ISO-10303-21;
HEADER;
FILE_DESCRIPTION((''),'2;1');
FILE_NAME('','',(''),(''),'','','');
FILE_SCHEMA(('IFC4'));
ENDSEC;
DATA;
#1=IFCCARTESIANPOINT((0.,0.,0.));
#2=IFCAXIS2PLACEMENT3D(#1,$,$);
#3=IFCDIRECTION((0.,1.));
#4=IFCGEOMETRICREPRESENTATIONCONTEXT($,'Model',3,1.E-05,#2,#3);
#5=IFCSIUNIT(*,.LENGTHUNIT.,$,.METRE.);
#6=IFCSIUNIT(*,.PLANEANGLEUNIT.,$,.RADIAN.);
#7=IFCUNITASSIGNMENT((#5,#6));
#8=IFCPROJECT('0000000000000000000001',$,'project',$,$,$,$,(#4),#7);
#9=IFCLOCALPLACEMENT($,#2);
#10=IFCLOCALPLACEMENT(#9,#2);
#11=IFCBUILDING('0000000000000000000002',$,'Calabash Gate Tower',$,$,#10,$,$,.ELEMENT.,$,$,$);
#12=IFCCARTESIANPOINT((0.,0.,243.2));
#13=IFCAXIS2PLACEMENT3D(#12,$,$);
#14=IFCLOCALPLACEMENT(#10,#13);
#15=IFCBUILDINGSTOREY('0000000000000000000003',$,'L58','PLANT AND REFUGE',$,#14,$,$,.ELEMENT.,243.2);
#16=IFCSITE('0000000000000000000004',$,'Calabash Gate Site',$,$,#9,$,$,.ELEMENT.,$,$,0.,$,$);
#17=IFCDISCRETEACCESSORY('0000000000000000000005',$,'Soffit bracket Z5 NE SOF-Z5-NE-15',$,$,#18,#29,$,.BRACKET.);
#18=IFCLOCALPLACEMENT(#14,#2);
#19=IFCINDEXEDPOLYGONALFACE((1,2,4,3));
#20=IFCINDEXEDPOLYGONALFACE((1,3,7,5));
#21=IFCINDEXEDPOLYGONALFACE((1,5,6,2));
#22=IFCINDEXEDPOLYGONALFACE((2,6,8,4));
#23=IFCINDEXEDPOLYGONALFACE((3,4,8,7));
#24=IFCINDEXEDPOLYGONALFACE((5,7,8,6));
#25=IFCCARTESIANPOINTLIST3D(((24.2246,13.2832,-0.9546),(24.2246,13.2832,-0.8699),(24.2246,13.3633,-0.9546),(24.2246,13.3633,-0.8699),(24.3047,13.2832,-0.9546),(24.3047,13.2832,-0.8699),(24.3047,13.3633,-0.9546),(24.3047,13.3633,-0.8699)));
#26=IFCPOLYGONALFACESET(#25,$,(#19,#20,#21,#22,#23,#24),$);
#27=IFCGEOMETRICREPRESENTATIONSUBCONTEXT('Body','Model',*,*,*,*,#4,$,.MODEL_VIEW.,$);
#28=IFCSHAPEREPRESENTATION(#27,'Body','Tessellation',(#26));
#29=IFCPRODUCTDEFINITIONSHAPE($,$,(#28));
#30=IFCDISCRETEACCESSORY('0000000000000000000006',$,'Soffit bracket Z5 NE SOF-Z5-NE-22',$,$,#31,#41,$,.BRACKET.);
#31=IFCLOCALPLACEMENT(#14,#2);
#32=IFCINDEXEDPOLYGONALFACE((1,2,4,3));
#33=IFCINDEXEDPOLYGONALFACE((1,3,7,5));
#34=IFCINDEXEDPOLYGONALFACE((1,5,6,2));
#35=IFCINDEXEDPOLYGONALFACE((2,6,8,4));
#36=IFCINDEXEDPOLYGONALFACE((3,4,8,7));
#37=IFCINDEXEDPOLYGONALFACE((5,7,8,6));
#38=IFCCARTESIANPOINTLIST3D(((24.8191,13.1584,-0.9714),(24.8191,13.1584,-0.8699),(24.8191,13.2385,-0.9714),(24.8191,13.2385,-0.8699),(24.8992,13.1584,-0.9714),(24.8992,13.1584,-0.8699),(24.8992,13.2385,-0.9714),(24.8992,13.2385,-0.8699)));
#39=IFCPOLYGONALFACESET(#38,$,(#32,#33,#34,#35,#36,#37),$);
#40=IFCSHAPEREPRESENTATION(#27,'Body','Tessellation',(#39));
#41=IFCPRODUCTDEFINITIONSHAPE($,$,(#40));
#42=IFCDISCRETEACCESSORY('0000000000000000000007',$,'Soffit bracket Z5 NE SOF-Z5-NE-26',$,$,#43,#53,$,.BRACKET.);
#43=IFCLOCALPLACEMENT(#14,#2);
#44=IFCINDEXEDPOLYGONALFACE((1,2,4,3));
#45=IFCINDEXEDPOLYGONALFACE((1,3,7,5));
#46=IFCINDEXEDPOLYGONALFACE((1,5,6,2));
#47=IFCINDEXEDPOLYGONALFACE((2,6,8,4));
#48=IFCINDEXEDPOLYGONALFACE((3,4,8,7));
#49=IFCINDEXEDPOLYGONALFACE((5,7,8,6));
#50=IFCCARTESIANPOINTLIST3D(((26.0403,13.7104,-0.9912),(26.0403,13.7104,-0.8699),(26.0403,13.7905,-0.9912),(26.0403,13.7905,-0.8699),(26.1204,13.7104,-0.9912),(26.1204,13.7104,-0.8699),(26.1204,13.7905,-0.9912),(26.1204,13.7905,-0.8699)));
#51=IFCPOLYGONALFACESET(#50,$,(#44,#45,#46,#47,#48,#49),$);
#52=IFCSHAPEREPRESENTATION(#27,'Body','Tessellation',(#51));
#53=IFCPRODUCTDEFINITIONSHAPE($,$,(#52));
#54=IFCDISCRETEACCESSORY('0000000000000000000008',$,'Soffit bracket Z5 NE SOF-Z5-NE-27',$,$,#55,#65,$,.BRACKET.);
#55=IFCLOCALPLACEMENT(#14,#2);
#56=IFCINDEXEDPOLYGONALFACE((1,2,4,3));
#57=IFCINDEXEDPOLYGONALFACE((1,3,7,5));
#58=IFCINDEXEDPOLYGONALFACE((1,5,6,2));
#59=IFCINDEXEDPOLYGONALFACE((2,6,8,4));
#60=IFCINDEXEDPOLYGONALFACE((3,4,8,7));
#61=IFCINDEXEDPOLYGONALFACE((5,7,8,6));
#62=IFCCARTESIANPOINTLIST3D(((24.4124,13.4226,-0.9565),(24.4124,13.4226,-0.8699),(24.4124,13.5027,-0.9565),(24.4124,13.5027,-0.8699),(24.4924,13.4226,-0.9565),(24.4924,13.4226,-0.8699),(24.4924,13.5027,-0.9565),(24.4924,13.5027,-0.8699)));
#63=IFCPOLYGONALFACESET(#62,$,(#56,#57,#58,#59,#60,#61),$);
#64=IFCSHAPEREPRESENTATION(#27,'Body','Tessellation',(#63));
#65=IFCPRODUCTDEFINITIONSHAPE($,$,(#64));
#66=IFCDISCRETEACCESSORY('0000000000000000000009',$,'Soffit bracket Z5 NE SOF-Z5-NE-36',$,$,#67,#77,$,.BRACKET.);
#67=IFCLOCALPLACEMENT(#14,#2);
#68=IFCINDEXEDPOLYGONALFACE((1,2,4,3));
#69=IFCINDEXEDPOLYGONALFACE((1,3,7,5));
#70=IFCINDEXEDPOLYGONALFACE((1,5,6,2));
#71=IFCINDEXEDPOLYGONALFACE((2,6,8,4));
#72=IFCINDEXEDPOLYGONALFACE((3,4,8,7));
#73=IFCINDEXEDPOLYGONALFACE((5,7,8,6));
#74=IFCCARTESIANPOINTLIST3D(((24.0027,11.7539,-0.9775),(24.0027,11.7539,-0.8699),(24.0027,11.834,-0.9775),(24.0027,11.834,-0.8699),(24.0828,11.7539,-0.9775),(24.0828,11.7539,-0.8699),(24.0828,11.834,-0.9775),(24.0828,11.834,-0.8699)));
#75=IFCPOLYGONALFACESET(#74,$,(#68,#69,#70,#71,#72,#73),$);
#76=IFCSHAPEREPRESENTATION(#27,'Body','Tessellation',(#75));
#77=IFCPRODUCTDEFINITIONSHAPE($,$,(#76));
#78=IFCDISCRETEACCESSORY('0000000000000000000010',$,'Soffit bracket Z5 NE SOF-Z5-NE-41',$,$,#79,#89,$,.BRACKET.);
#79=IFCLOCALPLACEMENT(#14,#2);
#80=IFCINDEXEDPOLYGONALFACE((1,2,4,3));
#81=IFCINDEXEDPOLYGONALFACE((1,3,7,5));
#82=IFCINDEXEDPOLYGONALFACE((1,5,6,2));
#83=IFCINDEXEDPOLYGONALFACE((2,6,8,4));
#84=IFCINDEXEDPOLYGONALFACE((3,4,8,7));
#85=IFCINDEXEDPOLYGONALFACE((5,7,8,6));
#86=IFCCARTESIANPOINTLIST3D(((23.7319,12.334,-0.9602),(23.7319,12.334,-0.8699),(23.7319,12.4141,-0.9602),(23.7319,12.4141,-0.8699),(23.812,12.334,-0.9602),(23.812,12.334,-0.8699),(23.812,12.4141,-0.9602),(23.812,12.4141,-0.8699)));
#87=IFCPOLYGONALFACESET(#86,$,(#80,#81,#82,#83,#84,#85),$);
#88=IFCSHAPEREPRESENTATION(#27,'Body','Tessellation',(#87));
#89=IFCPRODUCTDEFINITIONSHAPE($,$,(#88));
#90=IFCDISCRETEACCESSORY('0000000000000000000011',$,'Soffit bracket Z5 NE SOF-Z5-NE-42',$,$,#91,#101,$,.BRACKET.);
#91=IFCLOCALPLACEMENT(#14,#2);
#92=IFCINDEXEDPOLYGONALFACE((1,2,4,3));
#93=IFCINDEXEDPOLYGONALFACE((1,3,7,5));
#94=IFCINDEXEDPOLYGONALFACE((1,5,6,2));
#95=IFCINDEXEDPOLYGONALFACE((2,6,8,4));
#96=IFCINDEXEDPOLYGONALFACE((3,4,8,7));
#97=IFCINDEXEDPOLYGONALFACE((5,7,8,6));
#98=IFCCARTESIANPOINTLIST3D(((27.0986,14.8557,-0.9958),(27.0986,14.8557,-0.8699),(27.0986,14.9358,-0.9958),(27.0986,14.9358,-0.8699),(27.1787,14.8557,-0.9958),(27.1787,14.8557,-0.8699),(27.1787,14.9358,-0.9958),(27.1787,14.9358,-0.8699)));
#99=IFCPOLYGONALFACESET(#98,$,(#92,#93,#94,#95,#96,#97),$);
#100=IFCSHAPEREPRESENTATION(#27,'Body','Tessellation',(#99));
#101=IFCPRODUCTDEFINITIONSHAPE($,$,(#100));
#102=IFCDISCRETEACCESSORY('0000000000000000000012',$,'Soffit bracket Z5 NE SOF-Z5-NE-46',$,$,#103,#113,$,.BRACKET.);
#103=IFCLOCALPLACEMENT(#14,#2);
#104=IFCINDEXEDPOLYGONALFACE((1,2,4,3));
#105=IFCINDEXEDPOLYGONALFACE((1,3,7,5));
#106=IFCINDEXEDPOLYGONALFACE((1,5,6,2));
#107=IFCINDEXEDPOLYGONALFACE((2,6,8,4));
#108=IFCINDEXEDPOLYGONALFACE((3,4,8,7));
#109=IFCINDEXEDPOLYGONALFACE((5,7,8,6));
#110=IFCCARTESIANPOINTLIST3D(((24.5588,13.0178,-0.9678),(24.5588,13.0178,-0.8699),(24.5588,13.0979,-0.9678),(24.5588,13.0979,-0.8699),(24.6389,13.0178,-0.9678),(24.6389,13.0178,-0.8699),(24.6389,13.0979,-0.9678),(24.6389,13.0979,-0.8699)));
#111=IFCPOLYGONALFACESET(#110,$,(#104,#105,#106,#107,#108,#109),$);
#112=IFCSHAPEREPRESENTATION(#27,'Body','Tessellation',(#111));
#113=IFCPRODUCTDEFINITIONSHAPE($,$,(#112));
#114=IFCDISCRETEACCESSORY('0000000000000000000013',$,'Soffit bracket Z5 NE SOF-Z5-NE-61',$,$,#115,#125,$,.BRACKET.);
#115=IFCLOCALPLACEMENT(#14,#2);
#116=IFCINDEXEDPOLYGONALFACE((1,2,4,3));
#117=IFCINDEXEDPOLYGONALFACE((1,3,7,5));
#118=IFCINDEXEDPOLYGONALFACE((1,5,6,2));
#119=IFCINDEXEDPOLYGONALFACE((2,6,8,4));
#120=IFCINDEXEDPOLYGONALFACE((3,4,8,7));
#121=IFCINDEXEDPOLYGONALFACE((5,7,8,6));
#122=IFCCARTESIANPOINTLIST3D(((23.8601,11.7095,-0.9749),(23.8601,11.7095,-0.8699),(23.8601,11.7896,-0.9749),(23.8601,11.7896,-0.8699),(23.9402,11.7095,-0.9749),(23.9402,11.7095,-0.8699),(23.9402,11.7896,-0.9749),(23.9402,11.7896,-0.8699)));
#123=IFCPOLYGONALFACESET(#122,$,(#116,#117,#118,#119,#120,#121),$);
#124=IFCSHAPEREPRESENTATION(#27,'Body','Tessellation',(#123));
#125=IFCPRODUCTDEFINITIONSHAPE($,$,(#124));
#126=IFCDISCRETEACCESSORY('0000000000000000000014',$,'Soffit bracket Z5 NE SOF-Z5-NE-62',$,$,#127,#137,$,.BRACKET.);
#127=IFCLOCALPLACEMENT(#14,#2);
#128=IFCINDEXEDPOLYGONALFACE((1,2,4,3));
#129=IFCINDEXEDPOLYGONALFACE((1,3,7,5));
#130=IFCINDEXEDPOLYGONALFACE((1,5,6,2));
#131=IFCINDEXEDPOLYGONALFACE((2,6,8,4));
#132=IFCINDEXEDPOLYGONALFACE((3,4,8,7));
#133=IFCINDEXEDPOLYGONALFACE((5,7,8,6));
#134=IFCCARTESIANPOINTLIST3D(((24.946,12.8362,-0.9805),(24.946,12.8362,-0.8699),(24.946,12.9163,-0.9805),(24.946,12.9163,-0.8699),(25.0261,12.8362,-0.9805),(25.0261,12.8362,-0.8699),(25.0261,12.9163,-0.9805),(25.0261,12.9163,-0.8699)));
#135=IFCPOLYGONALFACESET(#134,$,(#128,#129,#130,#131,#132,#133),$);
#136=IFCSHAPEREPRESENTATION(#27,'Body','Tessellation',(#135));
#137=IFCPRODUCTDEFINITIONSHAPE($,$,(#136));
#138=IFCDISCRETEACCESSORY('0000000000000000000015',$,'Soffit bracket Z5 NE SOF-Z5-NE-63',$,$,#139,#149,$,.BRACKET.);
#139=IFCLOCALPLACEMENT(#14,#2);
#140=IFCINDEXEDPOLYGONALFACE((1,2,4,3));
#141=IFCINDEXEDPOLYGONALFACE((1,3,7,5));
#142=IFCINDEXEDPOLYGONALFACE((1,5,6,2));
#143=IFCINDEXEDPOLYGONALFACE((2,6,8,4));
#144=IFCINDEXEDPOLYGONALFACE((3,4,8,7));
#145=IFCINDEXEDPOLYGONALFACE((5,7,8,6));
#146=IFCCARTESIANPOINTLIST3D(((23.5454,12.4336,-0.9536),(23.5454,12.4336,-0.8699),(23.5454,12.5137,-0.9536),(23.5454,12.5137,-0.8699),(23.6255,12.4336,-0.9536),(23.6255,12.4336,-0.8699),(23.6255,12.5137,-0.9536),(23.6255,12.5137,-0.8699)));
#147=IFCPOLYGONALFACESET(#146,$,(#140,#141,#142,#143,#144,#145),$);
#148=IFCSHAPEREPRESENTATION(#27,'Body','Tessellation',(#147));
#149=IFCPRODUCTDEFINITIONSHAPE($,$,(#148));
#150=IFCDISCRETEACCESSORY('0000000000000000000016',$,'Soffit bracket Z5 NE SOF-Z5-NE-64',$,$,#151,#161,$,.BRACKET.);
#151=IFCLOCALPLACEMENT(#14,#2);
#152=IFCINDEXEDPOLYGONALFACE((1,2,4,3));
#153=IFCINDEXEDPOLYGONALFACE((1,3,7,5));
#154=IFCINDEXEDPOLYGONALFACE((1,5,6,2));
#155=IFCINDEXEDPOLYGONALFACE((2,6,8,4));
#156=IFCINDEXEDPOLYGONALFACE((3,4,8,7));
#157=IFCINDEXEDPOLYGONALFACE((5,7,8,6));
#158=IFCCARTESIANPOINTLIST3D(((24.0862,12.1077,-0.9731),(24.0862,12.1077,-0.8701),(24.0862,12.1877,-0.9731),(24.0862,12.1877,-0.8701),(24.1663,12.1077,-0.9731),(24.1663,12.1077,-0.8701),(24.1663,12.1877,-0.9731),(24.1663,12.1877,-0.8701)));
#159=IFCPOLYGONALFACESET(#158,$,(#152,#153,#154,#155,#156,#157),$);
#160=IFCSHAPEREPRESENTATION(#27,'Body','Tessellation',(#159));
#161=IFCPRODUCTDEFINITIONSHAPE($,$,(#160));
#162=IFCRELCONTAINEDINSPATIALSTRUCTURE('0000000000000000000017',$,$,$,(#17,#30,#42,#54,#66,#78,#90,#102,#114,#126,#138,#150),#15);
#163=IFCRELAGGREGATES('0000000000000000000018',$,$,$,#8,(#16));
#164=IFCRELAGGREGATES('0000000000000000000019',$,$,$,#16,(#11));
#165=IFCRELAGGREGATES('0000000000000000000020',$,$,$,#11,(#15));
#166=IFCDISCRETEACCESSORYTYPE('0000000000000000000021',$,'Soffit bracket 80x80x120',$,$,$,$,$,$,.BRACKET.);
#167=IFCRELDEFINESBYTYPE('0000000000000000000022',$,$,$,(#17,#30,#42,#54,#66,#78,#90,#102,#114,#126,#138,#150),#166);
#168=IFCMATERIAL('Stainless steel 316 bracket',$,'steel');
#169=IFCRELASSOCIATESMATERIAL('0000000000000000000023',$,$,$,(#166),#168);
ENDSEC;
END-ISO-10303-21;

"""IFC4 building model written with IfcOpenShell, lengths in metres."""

from ifc_helpers import new_model, si_unit, direction, frame, origin, origin_2d, place, context, subcontext, project, spatial, rectangle, extrude, material, type_object, element, save


model = new_model("IFC4")

# Units and contexts
model_context = context("Model", 3, precision=1e-05, world=origin(), true_north=direction((0.0, 1.0)))
body_context = subcontext(model_context, "Body", "Model", "MODEL_VIEW")
ifc_project = project(units=[si_unit("LENGTHUNIT", "METRE"), si_unit("PLANEANGLEUNIT", "RADIAN")], contexts=[model_context])

# Site, building, storey
site_placement = place(None, origin())
site = spatial("IfcSite", under=ifc_project, at=site_placement, Name="Calabash Gate Site", CompositionType="ELEMENT", RefElevation=0.0)
building_placement = place(site_placement, origin())
building = spatial("IfcBuilding", under=site, at=building_placement, Name="Calabash Gate Tower", CompositionType="ELEMENT")
storey_placement = place(building_placement, frame((0.0, 0.0, 243.2)))
storey = spatial("IfcBuildingStorey", under=building, at=storey_placement, Name="L58", Description="PLANT AND REFUGE", CompositionType="ELEMENT", Elevation=243.2)

# Discrete accessories
ifc_material_1 = material(Name="Stainless steel 316 bracket", Category="steel")
discrete_accessory_type = type_object("IfcDiscreteAccessoryType", Name="Soffit bracket 80x80x120", PredefinedType="BRACKET", material=ifc_material_1)
discrete_accessory_1_placement = place(storey_placement, frame((24.2646, 13.3232, -0.9546), z_axis=(0.0, 0.0, 1.0), x_axis=(1.0, 0.0, 0.0)))
element("IfcDiscreteAccessory", 1, at=discrete_accessory_1_placement, inside=storey, type_object=discrete_accessory_type, Name="Soffit bracket Z5 NE SOF-Z5-NE-15", PredefinedType="BRACKET", context=body_context, shape_type="SweptSolid", body=[
    extrude(rectangle(XDim=0.0801, YDim=0.0801, at=origin_2d()), origin(), (0.0, 0.0, 1.0), 0.0847),
])
discrete_accessory_2_placement = place(storey_placement, frame((24.8591, 13.1985, -0.9714), z_axis=(0.0, 0.0, 1.0), x_axis=(1.0, 0.0, 0.0)))
element("IfcDiscreteAccessory", 2, at=discrete_accessory_2_placement, inside=storey, type_object=discrete_accessory_type, Name="Soffit bracket Z5 NE SOF-Z5-NE-22", PredefinedType="BRACKET", context=body_context, shape_type="SweptSolid", body=[
    extrude(rectangle(XDim=0.0801, YDim=0.0801, at=origin_2d()), origin(), (0.0, 0.0, 1.0), 0.1016),
])
discrete_accessory_3_placement = place(storey_placement, frame((26.0803, 13.7505, -0.9912), z_axis=(0.0, 0.0, 1.0), x_axis=(1.0, 0.0, 0.0)))
element("IfcDiscreteAccessory", 3, at=discrete_accessory_3_placement, inside=storey, type_object=discrete_accessory_type, Name="Soffit bracket Z5 NE SOF-Z5-NE-26", PredefinedType="BRACKET", context=body_context, shape_type="SweptSolid", body=[
    extrude(rectangle(XDim=0.0801, YDim=0.0801, at=origin_2d()), origin(), (0.0, 0.0, 1.0), 0.1213),
])
discrete_accessory_4_placement = place(storey_placement, frame((24.4524, 13.4626, -0.9565), z_axis=(0.0, 0.0, 1.0), x_axis=(1.0, 0.0, 0.0)))
element("IfcDiscreteAccessory", 4, at=discrete_accessory_4_placement, inside=storey, type_object=discrete_accessory_type, Name="Soffit bracket Z5 NE SOF-Z5-NE-27", PredefinedType="BRACKET", context=body_context, shape_type="SweptSolid", body=[
    extrude(rectangle(XDim=0.0801, YDim=0.0801, at=origin_2d()), origin(), (0.0, 0.0, 1.0), 0.0867),
])
discrete_accessory_5_placement = place(storey_placement, frame((24.0427, 11.7939, -0.9775), z_axis=(0.0, 0.0, 1.0), x_axis=(1.0, 0.0, 0.0)))
element("IfcDiscreteAccessory", 5, at=discrete_accessory_5_placement, inside=storey, type_object=discrete_accessory_type, Name="Soffit bracket Z5 NE SOF-Z5-NE-36", PredefinedType="BRACKET", context=body_context, shape_type="SweptSolid", body=[
    extrude(rectangle(XDim=0.0801, YDim=0.0801, at=origin_2d()), origin(), (0.0, 0.0, 1.0), 0.1077),
])
discrete_accessory_6_placement = place(storey_placement, frame((23.772, 12.374, -0.9602), z_axis=(0.0, 0.0, 1.0), x_axis=(1.0, 0.0, 0.0)))
element("IfcDiscreteAccessory", 6, at=discrete_accessory_6_placement, inside=storey, type_object=discrete_accessory_type, Name="Soffit bracket Z5 NE SOF-Z5-NE-41", PredefinedType="BRACKET", context=body_context, shape_type="SweptSolid", body=[
    extrude(rectangle(XDim=0.0801, YDim=0.0801, at=origin_2d()), origin(), (0.0, 0.0, 1.0), 0.0903),
])
discrete_accessory_7_placement = place(storey_placement, frame((27.1387, 14.8958, -0.9958), z_axis=(0.0, 0.0, 1.0), x_axis=(1.0, 0.0, 0.0)))
element("IfcDiscreteAccessory", 7, at=discrete_accessory_7_placement, inside=storey, type_object=discrete_accessory_type, Name="Soffit bracket Z5 NE SOF-Z5-NE-42", PredefinedType="BRACKET", context=body_context, shape_type="SweptSolid", body=[
    extrude(rectangle(XDim=0.0801, YDim=0.0801, at=origin_2d()), origin(), (0.0, 0.0, 1.0), 0.126),
])
discrete_accessory_8_placement = place(storey_placement, frame((24.5989, 13.0579, -0.9678), z_axis=(0.0, 0.0, 1.0), x_axis=(1.0, 0.0, 0.0)))
element("IfcDiscreteAccessory", 8, at=discrete_accessory_8_placement, inside=storey, type_object=discrete_accessory_type, Name="Soffit bracket Z5 NE SOF-Z5-NE-46", PredefinedType="BRACKET", context=body_context, shape_type="SweptSolid", body=[
    extrude(rectangle(XDim=0.0801, YDim=0.0801, at=origin_2d()), origin(), (0.0, 0.0, 1.0), 0.0979),
])
discrete_accessory_9_placement = place(storey_placement, frame((23.9001, 11.7495, -0.9749), z_axis=(0.0, 0.0, 1.0), x_axis=(1.0, 0.0, 0.0)))
element("IfcDiscreteAccessory", 9, at=discrete_accessory_9_placement, inside=storey, type_object=discrete_accessory_type, Name="Soffit bracket Z5 NE SOF-Z5-NE-61", PredefinedType="BRACKET", context=body_context, shape_type="SweptSolid", body=[
    extrude(rectangle(XDim=0.0801, YDim=0.0801, at=origin_2d()), origin(), (0.0, 0.0, 1.0), 0.105),
])
discrete_accessory_10_placement = place(storey_placement, frame((24.9861, 12.8762, -0.9805), z_axis=(0.0, 0.0, 1.0), x_axis=(1.0, 0.0, 0.0)))
element("IfcDiscreteAccessory", 10, at=discrete_accessory_10_placement, inside=storey, type_object=discrete_accessory_type, Name="Soffit bracket Z5 NE SOF-Z5-NE-62", PredefinedType="BRACKET", context=body_context, shape_type="SweptSolid", body=[
    extrude(rectangle(XDim=0.0801, YDim=0.0801, at=origin_2d()), origin(), (0.0, 0.0, 1.0), 0.1106),
])
discrete_accessory_11_placement = place(storey_placement, frame((23.5854, 12.4736, -0.9536), z_axis=(0.0, 0.0, 1.0), x_axis=(1.0, 0.0, 0.0)))
element("IfcDiscreteAccessory", 11, at=discrete_accessory_11_placement, inside=storey, type_object=discrete_accessory_type, Name="Soffit bracket Z5 NE SOF-Z5-NE-63", PredefinedType="BRACKET", context=body_context, shape_type="SweptSolid", body=[
    extrude(rectangle(XDim=0.0801, YDim=0.0801, at=origin_2d()), origin(), (0.0, 0.0, 1.0), 0.0837),
])
discrete_accessory_12_placement = place(storey_placement, frame((24.1262, 12.1477, -0.9731), z_axis=(0.0, 0.0, 1.0), x_axis=(1.0, 0.0, 0.0)))
element("IfcDiscreteAccessory", 12, at=discrete_accessory_12_placement, inside=storey, type_object=discrete_accessory_type, Name="Soffit bracket Z5 NE SOF-Z5-NE-64", PredefinedType="BRACKET", context=body_context, shape_type="SweptSolid", body=[
    extrude(rectangle(XDim=0.0801, YDim=0.0801, at=origin_2d()), origin(), (0.0, 0.0, 1.0), 0.103),
])

save(model, "model.ifc")
